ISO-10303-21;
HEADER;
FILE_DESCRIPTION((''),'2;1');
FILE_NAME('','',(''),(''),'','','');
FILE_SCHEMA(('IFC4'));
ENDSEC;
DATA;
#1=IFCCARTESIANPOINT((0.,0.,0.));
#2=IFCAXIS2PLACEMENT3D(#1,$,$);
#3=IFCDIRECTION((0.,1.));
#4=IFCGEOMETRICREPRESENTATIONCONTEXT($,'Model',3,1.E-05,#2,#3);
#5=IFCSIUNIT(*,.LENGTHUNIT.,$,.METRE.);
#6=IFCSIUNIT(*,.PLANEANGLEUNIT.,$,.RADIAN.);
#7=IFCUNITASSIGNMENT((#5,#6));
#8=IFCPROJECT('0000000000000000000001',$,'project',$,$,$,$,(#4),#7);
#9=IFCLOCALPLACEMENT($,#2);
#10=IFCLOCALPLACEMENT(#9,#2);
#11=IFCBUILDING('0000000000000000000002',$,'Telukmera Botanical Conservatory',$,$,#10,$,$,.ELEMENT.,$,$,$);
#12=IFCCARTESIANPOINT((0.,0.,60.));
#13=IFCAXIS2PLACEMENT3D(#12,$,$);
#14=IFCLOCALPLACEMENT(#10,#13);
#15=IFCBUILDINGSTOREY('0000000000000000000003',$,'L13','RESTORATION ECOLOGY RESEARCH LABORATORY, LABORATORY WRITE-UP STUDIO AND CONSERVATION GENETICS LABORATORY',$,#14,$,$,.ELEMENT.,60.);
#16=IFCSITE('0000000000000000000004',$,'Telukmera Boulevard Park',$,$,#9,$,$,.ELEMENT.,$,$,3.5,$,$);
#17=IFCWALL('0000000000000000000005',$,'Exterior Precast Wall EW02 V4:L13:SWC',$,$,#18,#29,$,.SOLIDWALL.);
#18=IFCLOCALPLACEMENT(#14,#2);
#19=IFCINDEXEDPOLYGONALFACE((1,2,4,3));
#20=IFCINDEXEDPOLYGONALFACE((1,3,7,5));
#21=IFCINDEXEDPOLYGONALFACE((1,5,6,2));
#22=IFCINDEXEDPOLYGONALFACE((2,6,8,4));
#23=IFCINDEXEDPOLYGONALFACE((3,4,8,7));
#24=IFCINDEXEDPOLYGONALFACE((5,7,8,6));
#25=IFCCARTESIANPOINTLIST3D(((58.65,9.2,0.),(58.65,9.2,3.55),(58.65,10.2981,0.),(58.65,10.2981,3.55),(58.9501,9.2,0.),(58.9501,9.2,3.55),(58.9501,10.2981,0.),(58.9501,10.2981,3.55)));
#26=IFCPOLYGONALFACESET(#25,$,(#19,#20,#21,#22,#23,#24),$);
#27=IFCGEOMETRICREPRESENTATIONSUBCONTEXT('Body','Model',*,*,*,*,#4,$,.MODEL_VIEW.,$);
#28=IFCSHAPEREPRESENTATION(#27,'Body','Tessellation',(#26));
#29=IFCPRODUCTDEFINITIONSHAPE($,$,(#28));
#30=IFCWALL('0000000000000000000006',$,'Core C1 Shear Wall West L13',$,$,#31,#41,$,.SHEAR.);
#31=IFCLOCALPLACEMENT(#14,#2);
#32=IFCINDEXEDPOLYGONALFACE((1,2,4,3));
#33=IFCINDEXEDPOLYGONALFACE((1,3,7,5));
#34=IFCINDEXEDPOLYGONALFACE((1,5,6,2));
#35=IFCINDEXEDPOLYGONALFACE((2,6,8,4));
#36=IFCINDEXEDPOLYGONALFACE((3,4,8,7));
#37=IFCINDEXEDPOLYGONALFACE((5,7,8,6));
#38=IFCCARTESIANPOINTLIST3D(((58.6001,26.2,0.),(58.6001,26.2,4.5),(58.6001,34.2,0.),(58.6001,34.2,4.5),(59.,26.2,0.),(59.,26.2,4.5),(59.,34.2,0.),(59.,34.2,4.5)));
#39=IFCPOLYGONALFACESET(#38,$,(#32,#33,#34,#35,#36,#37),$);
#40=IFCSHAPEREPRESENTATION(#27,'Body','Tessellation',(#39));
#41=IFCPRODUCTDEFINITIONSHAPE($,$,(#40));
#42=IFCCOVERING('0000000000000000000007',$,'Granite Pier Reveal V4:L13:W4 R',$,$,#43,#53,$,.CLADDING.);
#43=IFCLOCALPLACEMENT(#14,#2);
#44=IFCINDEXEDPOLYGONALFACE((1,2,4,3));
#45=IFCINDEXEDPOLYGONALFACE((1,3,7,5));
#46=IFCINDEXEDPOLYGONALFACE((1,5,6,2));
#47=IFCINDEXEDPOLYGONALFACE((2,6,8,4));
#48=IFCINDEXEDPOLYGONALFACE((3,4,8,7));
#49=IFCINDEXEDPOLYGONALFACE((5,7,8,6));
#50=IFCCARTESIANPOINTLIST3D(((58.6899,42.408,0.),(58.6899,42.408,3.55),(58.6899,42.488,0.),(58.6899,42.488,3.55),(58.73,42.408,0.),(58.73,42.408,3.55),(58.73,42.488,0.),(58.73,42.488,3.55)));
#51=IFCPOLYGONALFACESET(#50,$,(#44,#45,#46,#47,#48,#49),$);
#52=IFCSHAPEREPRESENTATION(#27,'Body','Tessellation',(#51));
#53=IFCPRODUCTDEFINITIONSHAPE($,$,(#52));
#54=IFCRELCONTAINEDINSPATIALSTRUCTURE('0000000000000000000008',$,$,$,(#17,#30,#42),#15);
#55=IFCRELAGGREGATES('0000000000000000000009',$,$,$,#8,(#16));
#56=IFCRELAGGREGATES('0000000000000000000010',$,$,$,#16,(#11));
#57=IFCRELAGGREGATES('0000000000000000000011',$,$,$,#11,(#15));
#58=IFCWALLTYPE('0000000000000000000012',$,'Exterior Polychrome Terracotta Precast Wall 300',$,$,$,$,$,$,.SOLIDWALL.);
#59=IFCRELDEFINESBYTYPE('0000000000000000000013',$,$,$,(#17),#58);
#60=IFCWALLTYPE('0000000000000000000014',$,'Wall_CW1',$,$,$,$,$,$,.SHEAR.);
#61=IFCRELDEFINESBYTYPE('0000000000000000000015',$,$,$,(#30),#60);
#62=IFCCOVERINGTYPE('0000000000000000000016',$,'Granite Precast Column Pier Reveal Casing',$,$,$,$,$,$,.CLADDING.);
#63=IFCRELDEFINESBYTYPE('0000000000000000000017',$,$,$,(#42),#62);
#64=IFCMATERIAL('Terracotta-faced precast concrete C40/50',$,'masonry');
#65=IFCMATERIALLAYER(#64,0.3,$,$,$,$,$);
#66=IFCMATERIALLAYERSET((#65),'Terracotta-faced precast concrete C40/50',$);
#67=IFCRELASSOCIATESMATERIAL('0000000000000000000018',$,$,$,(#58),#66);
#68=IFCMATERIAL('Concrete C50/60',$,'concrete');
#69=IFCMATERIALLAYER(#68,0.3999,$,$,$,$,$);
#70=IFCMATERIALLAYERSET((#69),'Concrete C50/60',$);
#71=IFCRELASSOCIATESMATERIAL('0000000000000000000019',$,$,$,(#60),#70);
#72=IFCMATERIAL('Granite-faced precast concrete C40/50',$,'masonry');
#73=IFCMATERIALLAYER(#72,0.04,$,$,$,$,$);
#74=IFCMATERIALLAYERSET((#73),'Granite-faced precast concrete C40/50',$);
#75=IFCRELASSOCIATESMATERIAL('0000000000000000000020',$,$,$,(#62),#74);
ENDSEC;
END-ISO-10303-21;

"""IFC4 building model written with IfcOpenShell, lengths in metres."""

from ifc_helpers import new_model, si_unit, direction, frame, frame_2d, origin, origin_2d, place, context, subcontext, project, spatial, rectangle, extrude, material, layer, layer_set, type_object, element, save


model = new_model("IFC4")

# Units and contexts
model_context = context("Model", 3, precision=1e-05, world=origin(), true_north=direction((0.0, 1.0)))
body_context = subcontext(model_context, "Body", "Model", "MODEL_VIEW")
ifc_project = project(units=[si_unit("LENGTHUNIT", "METRE"), si_unit("PLANEANGLEUNIT", "RADIAN")], contexts=[model_context])

# Site, building, storey
site_placement = place(None, origin())
site = spatial("IfcSite", under=ifc_project, at=site_placement, Name="Telukmera Boulevard Park", CompositionType="ELEMENT", RefElevation=3.5)
building_placement = place(site_placement, origin())
building = spatial("IfcBuilding", under=site, at=building_placement, Name="Telukmera Botanical Conservatory", CompositionType="ELEMENT")
storey_placement = place(building_placement, frame((0.0, 0.0, 60.0)))
storey = spatial("IfcBuildingStorey", under=building, at=storey_placement, Name="L13", Description="RESTORATION ECOLOGY RESEARCH LABORATORY, LABORATORY WRITE-UP STUDIO AND CONSERVATION GENETICS LABORATORY", CompositionType="ELEMENT", Elevation=60.0)

# Shared definitions
ifc_material_1 = material(Name="Concrete C50/60", Category="concrete")

# Walls
ifc_material_2 = material(Name="Terracotta-faced precast concrete C40/50", Category="masonry")
ifc_layer_1 = layer(ifc_material_2, 0.3)
ifc_layer_set_1 = layer_set([ifc_layer_1], Name="Terracotta-faced precast concrete C40/50")
wall_type_1 = type_object("IfcWallType", Name="Exterior Polychrome Terracotta Precast Wall 300", PredefinedType="SOLIDWALL", material=ifc_layer_set_1)
wall_1_placement = place(storey_placement, frame((58.8, 9.2, 0.0), z_axis=(0.0, 0.0, 1.0), x_axis=(0.0, 1.0, 0.0)))
element("IfcWall", 1, at=wall_1_placement, inside=storey, type_object=wall_type_1, Name="Exterior Precast Wall EW02 V4:L13:SWC", PredefinedType="SOLIDWALL", context=body_context, shape_type="SweptSolid", body=[
    extrude(rectangle(XDim=1.0981, YDim=0.3, at=frame_2d((0.5491, 0.0))), origin(), (0.0, 0.0, 1.0), 3.55),
])
ifc_layer_2 = layer(ifc_material_1, 0.3999)
ifc_layer_set_2 = layer_set([ifc_layer_2], Name="Concrete C50/60")
wall_type_2 = type_object("IfcWallType", Name="Wall_CW1", PredefinedType="SHEAR", material=ifc_layer_set_2)
wall_2_placement = place(storey_placement, frame((58.8, 26.2, 0.0), z_axis=(0.0, 0.0, 1.0), x_axis=(0.0, 1.0, 0.0)))
element("IfcWall", 2, at=wall_2_placement, inside=storey, type_object=wall_type_2, Name="Core C1 Shear Wall West L13", PredefinedType="SHEAR", context=body_context, shape_type="SweptSolid", body=[
    extrude(rectangle(XDim=8.0, YDim=0.3999, at=frame_2d((4.0, 0.0))), origin(), (0.0, 0.0, 1.0), 4.5),
])

# Covering
ifc_material_3 = material(Name="Granite-faced precast concrete C40/50", Category="masonry")
ifc_layer_3 = layer(ifc_material_3, 0.04)
ifc_layer_set_3 = layer_set([ifc_layer_3], Name="Granite-faced precast concrete C40/50")
covering_type = type_object("IfcCoveringType", Name="Granite Precast Column Pier Reveal Casing", PredefinedType="CLADDING", material=ifc_layer_set_3)
covering_placement = place(storey_placement, frame((58.71, 42.448, 0.0), z_axis=(0.0, 0.0, 1.0), x_axis=(0.0, 1.0, 0.0)))
element("IfcCovering", 3, at=covering_placement, inside=storey, type_object=covering_type, Name="Granite Pier Reveal V4:L13:W4 R", PredefinedType="CLADDING", context=body_context, shape_type="SweptSolid", body=[
    extrude(rectangle(XDim=0.0801, YDim=0.04, at=origin_2d()), origin(), (0.0, 0.0, 1.0), 3.55),
])

save(model, "model.ifc")
